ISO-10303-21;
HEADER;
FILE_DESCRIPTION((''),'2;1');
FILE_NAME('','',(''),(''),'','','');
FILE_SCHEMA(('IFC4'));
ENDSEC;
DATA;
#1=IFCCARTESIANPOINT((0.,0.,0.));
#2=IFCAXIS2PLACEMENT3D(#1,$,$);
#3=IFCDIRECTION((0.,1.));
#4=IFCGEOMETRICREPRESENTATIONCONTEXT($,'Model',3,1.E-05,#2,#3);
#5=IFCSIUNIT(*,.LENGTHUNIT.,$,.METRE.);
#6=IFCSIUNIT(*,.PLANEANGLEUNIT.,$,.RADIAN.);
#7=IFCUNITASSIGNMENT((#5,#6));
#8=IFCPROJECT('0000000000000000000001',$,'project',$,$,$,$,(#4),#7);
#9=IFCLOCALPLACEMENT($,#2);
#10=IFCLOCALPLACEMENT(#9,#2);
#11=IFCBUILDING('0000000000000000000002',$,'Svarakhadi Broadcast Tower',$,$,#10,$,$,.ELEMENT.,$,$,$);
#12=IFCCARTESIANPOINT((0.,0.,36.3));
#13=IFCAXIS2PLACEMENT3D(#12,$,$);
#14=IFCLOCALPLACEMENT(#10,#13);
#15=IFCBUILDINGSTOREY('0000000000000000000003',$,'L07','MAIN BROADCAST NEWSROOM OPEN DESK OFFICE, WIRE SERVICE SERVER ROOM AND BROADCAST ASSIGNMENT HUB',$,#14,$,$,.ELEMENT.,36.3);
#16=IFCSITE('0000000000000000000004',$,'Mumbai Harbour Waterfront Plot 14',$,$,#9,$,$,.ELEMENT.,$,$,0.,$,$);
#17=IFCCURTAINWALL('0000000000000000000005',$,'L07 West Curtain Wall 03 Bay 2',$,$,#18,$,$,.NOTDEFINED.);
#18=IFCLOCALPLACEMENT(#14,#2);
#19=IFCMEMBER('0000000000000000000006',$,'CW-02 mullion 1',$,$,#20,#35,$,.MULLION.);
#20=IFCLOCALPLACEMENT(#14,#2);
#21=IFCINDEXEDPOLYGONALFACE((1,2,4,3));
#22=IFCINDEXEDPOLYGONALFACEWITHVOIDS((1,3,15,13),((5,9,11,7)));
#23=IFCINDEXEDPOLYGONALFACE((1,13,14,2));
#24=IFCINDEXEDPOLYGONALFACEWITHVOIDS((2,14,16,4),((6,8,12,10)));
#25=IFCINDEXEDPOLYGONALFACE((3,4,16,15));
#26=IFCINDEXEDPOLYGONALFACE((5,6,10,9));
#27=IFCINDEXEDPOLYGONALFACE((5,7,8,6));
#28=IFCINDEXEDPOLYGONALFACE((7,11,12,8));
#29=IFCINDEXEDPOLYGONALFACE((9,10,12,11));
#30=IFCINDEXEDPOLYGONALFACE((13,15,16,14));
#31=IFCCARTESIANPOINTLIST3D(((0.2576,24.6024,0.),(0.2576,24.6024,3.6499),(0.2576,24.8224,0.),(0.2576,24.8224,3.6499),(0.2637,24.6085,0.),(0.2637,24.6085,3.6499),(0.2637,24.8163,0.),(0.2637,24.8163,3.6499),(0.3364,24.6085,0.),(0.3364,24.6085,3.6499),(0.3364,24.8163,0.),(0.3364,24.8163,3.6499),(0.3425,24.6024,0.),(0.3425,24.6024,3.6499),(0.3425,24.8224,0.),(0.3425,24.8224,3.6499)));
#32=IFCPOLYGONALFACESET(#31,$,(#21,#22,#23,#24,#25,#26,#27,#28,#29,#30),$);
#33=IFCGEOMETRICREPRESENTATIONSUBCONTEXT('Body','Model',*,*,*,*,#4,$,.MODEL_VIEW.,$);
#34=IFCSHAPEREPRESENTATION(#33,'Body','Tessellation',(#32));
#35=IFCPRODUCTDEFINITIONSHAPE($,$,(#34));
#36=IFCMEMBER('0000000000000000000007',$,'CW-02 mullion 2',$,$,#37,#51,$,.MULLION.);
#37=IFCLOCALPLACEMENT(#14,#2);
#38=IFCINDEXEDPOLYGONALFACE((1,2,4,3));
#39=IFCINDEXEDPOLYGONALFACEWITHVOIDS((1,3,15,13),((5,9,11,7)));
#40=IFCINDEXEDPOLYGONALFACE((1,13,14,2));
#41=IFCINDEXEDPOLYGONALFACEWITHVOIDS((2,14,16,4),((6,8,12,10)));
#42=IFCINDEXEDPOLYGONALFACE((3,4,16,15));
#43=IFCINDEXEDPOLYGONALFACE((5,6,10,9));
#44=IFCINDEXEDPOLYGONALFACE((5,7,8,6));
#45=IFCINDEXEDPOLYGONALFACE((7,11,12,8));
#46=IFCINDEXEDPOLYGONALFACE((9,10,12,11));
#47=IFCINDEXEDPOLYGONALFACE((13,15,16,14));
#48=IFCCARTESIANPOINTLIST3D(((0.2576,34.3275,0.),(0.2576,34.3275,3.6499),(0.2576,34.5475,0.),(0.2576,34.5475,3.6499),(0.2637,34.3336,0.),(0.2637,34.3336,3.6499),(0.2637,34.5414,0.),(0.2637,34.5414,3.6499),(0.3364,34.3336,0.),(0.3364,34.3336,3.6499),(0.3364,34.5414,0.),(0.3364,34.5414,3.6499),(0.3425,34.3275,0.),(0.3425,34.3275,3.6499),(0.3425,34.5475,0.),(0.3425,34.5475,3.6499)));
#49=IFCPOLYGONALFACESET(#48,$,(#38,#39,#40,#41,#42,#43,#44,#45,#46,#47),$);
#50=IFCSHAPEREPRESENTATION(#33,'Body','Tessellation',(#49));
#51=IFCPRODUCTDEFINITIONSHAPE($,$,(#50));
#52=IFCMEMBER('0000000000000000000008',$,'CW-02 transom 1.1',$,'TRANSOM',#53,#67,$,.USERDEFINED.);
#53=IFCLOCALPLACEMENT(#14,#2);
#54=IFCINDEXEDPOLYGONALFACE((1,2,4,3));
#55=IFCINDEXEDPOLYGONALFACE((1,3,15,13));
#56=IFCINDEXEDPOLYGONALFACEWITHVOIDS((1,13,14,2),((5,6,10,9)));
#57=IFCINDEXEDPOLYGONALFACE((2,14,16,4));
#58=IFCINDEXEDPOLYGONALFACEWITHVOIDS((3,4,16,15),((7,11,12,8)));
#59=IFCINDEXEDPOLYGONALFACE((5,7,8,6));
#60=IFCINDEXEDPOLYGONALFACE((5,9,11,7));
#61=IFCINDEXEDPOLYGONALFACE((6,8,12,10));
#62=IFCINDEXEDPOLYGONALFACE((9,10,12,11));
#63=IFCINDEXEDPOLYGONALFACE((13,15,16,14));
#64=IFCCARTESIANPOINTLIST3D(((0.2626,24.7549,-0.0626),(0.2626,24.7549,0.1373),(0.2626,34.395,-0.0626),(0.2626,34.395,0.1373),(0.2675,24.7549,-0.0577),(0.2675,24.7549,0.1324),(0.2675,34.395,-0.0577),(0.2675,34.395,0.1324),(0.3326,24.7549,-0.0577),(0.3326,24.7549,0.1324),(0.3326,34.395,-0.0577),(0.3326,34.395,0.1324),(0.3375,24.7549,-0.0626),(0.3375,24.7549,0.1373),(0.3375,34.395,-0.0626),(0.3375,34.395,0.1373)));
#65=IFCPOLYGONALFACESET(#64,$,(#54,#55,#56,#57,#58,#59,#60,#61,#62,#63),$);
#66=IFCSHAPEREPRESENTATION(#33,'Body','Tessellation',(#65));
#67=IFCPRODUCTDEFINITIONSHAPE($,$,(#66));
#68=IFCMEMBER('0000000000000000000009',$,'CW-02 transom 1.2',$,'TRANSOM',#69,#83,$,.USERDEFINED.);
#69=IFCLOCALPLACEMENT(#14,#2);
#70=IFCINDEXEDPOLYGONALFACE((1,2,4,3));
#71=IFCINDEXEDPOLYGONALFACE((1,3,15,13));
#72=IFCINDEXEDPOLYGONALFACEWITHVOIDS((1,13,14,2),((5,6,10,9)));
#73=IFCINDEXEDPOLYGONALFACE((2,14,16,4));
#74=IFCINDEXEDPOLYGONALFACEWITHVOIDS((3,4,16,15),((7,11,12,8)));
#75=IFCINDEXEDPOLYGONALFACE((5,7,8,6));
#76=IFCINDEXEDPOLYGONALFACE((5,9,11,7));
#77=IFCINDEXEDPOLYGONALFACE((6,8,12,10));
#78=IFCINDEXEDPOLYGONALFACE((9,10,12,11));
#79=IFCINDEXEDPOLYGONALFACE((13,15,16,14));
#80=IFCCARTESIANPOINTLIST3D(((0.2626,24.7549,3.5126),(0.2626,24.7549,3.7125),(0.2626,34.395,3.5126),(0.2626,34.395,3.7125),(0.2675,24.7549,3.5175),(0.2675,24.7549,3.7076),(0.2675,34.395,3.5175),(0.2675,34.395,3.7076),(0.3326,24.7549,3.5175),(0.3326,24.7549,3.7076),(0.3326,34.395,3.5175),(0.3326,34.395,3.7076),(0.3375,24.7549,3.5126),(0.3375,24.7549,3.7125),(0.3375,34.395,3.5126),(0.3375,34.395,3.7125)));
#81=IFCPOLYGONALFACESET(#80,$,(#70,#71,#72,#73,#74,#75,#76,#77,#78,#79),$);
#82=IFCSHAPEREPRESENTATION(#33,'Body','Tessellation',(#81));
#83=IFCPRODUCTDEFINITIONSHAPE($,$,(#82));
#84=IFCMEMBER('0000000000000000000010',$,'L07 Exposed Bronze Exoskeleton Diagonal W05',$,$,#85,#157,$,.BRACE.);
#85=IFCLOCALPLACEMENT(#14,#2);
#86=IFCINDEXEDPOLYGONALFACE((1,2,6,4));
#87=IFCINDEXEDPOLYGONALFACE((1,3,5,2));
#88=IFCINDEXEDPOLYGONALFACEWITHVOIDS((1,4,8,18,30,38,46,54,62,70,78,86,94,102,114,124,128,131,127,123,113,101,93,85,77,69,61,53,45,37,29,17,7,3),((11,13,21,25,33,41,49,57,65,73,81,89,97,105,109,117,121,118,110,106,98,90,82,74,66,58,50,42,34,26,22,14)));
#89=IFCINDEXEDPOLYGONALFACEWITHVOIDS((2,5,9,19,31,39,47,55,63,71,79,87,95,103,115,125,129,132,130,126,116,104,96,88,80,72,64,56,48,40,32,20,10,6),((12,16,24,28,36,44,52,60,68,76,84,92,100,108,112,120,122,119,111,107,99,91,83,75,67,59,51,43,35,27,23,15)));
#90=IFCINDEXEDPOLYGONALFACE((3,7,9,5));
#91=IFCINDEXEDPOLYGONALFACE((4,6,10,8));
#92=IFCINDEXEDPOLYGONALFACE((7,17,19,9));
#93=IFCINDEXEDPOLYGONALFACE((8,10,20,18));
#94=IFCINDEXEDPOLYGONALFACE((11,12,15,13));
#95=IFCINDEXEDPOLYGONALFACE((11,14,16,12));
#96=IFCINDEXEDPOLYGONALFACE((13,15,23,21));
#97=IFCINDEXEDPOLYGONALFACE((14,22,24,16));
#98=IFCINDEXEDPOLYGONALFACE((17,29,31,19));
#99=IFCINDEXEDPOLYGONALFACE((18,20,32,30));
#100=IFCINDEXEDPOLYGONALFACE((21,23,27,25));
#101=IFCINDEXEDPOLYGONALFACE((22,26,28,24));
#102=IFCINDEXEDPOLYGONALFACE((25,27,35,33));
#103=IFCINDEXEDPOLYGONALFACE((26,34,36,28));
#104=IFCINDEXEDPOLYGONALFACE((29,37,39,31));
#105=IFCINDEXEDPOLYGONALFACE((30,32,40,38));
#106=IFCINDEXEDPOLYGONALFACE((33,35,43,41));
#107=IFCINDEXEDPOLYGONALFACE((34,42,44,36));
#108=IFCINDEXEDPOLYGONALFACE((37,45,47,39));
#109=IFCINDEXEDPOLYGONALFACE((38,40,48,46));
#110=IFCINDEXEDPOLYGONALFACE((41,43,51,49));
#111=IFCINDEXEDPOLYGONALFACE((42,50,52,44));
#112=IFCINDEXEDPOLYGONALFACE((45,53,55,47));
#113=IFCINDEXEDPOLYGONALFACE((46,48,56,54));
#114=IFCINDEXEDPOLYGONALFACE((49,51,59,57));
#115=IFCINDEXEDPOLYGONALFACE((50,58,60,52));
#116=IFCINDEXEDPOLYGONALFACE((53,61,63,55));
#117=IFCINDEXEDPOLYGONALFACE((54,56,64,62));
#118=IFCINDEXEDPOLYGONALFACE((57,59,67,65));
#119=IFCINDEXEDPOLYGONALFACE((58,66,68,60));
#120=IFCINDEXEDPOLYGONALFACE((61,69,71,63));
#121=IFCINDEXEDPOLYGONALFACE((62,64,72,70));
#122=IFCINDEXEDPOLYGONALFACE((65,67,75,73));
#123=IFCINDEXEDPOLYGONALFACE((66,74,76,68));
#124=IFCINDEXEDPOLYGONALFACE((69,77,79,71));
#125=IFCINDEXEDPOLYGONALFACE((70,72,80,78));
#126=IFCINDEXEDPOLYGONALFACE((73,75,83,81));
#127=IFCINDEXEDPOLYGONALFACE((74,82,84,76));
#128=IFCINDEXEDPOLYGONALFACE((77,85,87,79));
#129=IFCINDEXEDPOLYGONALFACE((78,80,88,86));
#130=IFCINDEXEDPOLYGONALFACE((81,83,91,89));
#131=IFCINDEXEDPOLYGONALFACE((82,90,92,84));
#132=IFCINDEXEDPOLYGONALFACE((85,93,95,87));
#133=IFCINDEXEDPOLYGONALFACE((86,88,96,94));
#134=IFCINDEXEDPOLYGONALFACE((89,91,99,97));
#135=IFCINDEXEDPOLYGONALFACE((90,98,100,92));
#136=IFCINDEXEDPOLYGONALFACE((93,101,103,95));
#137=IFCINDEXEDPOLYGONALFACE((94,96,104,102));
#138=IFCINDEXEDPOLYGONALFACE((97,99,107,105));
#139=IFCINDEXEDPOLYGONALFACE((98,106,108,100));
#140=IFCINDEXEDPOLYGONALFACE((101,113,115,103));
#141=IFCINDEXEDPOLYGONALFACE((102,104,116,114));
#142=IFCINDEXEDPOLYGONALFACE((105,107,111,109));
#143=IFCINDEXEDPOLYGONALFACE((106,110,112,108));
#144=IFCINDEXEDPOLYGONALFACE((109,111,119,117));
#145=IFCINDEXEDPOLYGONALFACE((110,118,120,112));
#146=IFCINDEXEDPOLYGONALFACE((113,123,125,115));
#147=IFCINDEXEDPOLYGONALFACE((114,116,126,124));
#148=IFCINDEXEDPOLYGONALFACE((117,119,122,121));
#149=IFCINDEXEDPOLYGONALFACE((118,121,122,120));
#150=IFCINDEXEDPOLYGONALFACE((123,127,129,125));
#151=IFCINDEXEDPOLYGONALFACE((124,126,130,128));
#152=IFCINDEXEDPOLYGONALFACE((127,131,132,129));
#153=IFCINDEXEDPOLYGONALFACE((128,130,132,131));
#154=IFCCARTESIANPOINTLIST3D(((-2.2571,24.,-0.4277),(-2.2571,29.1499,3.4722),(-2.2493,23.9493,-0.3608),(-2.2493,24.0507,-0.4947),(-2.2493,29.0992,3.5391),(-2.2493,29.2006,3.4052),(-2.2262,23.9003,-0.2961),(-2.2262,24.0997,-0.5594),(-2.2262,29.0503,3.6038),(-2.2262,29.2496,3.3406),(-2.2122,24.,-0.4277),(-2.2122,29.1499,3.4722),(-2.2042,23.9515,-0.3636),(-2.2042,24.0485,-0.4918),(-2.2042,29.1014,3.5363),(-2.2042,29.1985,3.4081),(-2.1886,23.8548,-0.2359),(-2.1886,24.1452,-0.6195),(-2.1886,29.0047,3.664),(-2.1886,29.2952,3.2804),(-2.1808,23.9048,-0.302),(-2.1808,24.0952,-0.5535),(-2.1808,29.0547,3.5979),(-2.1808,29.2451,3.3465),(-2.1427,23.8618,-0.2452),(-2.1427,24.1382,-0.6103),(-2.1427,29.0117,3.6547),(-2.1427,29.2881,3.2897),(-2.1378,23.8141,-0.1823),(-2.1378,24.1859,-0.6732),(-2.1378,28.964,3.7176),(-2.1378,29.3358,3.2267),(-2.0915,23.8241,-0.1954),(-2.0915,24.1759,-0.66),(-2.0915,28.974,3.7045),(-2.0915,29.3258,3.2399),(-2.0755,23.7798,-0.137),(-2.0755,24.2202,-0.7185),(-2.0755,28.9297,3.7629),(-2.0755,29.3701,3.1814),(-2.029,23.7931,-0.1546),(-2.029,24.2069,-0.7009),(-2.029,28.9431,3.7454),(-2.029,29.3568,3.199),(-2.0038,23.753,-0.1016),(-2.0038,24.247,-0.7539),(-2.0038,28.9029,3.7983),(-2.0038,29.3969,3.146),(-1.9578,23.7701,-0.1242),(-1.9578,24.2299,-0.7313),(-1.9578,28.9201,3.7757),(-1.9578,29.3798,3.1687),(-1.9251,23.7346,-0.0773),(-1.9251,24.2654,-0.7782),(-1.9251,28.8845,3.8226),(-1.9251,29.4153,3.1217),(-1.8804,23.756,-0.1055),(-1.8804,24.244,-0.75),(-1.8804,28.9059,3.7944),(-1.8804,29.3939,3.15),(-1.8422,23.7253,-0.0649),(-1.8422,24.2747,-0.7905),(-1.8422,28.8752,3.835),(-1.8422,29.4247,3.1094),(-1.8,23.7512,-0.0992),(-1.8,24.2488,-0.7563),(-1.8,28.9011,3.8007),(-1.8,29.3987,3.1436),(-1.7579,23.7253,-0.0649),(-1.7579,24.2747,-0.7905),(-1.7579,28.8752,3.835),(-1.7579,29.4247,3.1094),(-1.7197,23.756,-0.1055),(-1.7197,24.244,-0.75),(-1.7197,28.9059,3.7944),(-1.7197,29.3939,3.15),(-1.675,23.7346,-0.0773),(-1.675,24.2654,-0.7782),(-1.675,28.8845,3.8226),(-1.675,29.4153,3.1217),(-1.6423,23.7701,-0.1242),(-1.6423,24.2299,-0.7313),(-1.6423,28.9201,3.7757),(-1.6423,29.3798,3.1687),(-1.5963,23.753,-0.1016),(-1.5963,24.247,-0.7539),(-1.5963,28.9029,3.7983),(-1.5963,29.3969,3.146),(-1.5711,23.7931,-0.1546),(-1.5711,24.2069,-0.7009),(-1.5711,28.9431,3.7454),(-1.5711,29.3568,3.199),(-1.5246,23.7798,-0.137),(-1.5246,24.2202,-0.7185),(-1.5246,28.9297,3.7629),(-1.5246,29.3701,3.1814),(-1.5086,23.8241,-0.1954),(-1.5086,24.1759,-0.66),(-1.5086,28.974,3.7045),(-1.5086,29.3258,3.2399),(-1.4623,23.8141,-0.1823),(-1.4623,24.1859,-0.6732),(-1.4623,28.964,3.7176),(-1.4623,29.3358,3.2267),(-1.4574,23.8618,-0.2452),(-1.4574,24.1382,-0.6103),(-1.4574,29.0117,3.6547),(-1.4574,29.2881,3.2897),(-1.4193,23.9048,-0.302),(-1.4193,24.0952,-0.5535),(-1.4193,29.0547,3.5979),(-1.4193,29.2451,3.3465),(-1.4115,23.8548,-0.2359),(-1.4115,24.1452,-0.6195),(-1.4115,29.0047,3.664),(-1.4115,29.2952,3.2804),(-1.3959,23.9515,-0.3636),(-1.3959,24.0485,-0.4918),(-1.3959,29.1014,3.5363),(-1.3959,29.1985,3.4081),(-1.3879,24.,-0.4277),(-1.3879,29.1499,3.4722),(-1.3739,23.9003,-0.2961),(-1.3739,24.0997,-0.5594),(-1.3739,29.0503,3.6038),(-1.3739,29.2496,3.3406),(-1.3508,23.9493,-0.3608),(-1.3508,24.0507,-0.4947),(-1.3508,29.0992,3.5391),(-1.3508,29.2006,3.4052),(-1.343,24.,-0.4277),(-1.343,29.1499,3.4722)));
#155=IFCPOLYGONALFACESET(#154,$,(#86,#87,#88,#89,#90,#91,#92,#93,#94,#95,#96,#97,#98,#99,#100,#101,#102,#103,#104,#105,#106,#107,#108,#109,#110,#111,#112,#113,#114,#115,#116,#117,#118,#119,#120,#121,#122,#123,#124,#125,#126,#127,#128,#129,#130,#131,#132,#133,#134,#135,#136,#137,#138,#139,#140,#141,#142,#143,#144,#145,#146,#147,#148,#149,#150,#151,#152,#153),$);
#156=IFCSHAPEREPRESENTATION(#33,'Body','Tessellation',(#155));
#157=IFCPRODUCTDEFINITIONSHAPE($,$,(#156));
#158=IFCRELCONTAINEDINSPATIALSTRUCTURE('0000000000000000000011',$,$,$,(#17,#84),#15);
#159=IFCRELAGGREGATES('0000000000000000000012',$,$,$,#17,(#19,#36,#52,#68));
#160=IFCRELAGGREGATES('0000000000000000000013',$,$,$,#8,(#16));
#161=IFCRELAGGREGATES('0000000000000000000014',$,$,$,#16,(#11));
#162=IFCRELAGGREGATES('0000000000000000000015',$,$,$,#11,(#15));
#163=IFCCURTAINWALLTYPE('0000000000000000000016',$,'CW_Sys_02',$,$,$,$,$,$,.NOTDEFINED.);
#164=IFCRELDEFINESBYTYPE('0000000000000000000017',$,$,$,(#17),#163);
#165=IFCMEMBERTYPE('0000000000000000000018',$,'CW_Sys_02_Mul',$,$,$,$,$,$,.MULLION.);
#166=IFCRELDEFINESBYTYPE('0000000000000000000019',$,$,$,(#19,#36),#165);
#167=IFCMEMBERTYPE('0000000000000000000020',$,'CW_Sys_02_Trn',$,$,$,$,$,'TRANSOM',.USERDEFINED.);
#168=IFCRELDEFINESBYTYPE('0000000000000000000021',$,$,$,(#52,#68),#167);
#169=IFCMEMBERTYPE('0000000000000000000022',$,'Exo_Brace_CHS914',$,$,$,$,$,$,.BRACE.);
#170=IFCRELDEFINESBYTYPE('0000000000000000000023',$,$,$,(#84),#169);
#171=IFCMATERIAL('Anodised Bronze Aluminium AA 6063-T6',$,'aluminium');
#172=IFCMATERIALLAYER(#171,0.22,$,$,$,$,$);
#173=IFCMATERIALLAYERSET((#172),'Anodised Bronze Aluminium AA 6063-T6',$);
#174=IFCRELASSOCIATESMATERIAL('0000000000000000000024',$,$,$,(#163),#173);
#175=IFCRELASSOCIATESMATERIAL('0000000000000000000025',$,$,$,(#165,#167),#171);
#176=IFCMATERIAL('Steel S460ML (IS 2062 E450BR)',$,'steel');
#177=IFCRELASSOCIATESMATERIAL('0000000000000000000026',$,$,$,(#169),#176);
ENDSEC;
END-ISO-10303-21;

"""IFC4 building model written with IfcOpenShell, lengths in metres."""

from ifc_helpers import new_model, si_unit, direction, frame, origin, origin_2d, place, context, subcontext, project, spatial, hollow_rectangle, hollow_circle, extrude, material, layer, layer_set, material_profile, profile_set, type_object, element, aggregate, save


model = new_model("IFC4")

# Units and contexts
model_context = context("Model", 3, precision=1e-05, world=origin(), true_north=direction((0.0, 1.0)))
body_context = subcontext(model_context, "Body", "Model", "MODEL_VIEW")
ifc_project = project(units=[si_unit("LENGTHUNIT", "METRE"), si_unit("PLANEANGLEUNIT", "RADIAN")], contexts=[model_context])

# Site, building, storey
site_placement = place(None, origin())
site = spatial("IfcSite", under=ifc_project, at=site_placement, Name="Mumbai Harbour Waterfront Plot 14", CompositionType="ELEMENT", RefElevation=0.0)
building_placement = place(site_placement, origin())
building = spatial("IfcBuilding", under=site, at=building_placement, Name="Svarakhadi Broadcast Tower", CompositionType="ELEMENT")
storey_placement = place(building_placement, frame((0.0, 0.0, 36.3)))
storey = spatial("IfcBuildingStorey", under=building, at=storey_placement, Name="L07", Description="MAIN BROADCAST NEWSROOM OPEN DESK OFFICE, WIRE SERVICE SERVER ROOM AND BROADCAST ASSIGNMENT HUB", CompositionType="ELEMENT", Elevation=36.3)

# Shared definitions
ifc_material_1 = material(Name="Steel S460ML (IS 2062 E450BR)", Category="steel")

# Curtain wall, members
ifc_material_2 = material(Name="Anodised Bronze Aluminium AA 6063-T6", Category="aluminium")
ifc_layer_1 = layer(ifc_material_2, 0.22)
ifc_layer_set_1 = layer_set([ifc_layer_1], Name="Anodised Bronze Aluminium AA 6063-T6")
curtain_wall_type = type_object("IfcCurtainWallType", Name="CW_Sys_02", PredefinedType="NOTDEFINED", material=ifc_layer_set_1)
curtain_wall_placement = place(storey_placement, origin())
curtain_wall = element("IfcCurtainWall", 1, at=curtain_wall_placement, inside=storey, type_object=curtain_wall_type, Name="L07 West Curtain Wall 03 Bay 2", PredefinedType="NOTDEFINED")
ifc_material_profile_1 = material_profile(ifc_material_2, hollow_rectangle(XDim=0.085, YDim=0.22, WallThickness=0.0061, at=origin_2d()), Name="ALU MULLION 220x85x6")
ifc_profile_set_1 = profile_set([ifc_material_profile_1], Name="Anodised Bronze Aluminium AA 6063-T6")
member_type_1 = type_object("IfcMemberType", Name="CW_Sys_02_Mul", PredefinedType="MULLION", material=ifc_profile_set_1)
member_1_placement = place(storey_placement, frame((0.3, 24.7124, 0.0), z_axis=(0.0, 0.0, 1.0), x_axis=(-1.0, 0.0, 0.0)))
member_1 = element("IfcMember", 2, at=member_1_placement, type_object=member_type_1, Name="CW-02 mullion 1", PredefinedType="MULLION", context=body_context, shape_type="SweptSolid", body=[
    extrude(hollow_rectangle(XDim=0.085, YDim=0.22, WallThickness=0.0061, at=origin_2d()), origin(), (0.0, 0.0, 1.0), 3.6499),
])
member_2_placement = place(storey_placement, frame((0.3, 34.4375, 0.0), z_axis=(0.0, 0.0, 1.0), x_axis=(-1.0, 0.0, 0.0)))
member_2 = element("IfcMember", 3, at=member_2_placement, type_object=member_type_1, Name="CW-02 mullion 2", PredefinedType="MULLION", context=body_context, shape_type="SweptSolid", body=[
    extrude(hollow_rectangle(XDim=0.085, YDim=0.22, WallThickness=0.0061, at=origin_2d()), origin(), (0.0, 0.0, 1.0), 3.6499),
])
ifc_material_profile_2 = material_profile(ifc_material_2, hollow_rectangle(XDim=0.075, YDim=0.2, WallThickness=0.0049, at=origin_2d()), Name="ALU TRANSOM 200x75x5")
ifc_profile_set_2 = profile_set([ifc_material_profile_2], Name="Anodised Bronze Aluminium AA 6063-T6")
member_type_2 = type_object("IfcMemberType", Name="CW_Sys_02_Trn", ElementType="TRANSOM", PredefinedType="USERDEFINED", material=ifc_profile_set_2)
member_3_placement = place(storey_placement, frame((0.3, 24.7549, 0.0374), z_axis=(0.0, 1.0, 0.0), x_axis=(-1.0, 0.0, 0.0)))
member_3 = element("IfcMember", 4, at=member_3_placement, type_object=member_type_2, Name="CW-02 transom 1.1", ObjectType="TRANSOM", PredefinedType="USERDEFINED", context=body_context, shape_type="SweptSolid", body=[
    extrude(hollow_rectangle(XDim=0.075, YDim=0.2, WallThickness=0.0049, at=origin_2d()), origin(), (0.0, 0.0, 1.0), 9.6401),
])
member_4_placement = place(storey_placement, frame((0.3, 24.7549, 3.6125), z_axis=(0.0, 1.0, 0.0), x_axis=(-1.0, 0.0, 0.0)))
member_4 = element("IfcMember", 5, at=member_4_placement, type_object=member_type_2, Name="CW-02 transom 1.2", ObjectType="TRANSOM", PredefinedType="USERDEFINED", context=body_context, shape_type="SweptSolid", body=[
    extrude(hollow_rectangle(XDim=0.075, YDim=0.2, WallThickness=0.0049, at=origin_2d()), origin(), (0.0, 0.0, 1.0), 9.6401),
])

# Member
ifc_material_profile_3 = material_profile(ifc_material_1, hollow_circle(Radius=0.457, WallThickness=0.0449, at=origin_2d()), Name="CHS 914x45")
ifc_profile_set_3 = profile_set([ifc_material_profile_3], Name="Steel S460ML (IS 2062 E450BR)")
member_type_3 = type_object("IfcMemberType", Name="Exo_Brace_CHS914", PredefinedType="BRACE", material=ifc_profile_set_3)
member_5_placement = place(storey_placement, frame((-1.8, 24.0, -0.4277), z_axis=(0.0, 0.797207, 0.603706), x_axis=(-1.0, 0.0, 0.0)))
element("IfcMember", 6, at=member_5_placement, inside=storey, type_object=member_type_3, Name="L07 Exposed Bronze Exoskeleton Diagonal W05", PredefinedType="BRACE", context=body_context, shape_type="SweptSolid", body=[
    extrude(hollow_circle(Radius=0.457, WallThickness=0.0449, at=origin_2d()), origin(), (0.0, 0.0, 1.0), 6.46),
])

aggregate(curtain_wall, [member_1, member_2, member_3, member_4])

save(model, "model.ifc")
